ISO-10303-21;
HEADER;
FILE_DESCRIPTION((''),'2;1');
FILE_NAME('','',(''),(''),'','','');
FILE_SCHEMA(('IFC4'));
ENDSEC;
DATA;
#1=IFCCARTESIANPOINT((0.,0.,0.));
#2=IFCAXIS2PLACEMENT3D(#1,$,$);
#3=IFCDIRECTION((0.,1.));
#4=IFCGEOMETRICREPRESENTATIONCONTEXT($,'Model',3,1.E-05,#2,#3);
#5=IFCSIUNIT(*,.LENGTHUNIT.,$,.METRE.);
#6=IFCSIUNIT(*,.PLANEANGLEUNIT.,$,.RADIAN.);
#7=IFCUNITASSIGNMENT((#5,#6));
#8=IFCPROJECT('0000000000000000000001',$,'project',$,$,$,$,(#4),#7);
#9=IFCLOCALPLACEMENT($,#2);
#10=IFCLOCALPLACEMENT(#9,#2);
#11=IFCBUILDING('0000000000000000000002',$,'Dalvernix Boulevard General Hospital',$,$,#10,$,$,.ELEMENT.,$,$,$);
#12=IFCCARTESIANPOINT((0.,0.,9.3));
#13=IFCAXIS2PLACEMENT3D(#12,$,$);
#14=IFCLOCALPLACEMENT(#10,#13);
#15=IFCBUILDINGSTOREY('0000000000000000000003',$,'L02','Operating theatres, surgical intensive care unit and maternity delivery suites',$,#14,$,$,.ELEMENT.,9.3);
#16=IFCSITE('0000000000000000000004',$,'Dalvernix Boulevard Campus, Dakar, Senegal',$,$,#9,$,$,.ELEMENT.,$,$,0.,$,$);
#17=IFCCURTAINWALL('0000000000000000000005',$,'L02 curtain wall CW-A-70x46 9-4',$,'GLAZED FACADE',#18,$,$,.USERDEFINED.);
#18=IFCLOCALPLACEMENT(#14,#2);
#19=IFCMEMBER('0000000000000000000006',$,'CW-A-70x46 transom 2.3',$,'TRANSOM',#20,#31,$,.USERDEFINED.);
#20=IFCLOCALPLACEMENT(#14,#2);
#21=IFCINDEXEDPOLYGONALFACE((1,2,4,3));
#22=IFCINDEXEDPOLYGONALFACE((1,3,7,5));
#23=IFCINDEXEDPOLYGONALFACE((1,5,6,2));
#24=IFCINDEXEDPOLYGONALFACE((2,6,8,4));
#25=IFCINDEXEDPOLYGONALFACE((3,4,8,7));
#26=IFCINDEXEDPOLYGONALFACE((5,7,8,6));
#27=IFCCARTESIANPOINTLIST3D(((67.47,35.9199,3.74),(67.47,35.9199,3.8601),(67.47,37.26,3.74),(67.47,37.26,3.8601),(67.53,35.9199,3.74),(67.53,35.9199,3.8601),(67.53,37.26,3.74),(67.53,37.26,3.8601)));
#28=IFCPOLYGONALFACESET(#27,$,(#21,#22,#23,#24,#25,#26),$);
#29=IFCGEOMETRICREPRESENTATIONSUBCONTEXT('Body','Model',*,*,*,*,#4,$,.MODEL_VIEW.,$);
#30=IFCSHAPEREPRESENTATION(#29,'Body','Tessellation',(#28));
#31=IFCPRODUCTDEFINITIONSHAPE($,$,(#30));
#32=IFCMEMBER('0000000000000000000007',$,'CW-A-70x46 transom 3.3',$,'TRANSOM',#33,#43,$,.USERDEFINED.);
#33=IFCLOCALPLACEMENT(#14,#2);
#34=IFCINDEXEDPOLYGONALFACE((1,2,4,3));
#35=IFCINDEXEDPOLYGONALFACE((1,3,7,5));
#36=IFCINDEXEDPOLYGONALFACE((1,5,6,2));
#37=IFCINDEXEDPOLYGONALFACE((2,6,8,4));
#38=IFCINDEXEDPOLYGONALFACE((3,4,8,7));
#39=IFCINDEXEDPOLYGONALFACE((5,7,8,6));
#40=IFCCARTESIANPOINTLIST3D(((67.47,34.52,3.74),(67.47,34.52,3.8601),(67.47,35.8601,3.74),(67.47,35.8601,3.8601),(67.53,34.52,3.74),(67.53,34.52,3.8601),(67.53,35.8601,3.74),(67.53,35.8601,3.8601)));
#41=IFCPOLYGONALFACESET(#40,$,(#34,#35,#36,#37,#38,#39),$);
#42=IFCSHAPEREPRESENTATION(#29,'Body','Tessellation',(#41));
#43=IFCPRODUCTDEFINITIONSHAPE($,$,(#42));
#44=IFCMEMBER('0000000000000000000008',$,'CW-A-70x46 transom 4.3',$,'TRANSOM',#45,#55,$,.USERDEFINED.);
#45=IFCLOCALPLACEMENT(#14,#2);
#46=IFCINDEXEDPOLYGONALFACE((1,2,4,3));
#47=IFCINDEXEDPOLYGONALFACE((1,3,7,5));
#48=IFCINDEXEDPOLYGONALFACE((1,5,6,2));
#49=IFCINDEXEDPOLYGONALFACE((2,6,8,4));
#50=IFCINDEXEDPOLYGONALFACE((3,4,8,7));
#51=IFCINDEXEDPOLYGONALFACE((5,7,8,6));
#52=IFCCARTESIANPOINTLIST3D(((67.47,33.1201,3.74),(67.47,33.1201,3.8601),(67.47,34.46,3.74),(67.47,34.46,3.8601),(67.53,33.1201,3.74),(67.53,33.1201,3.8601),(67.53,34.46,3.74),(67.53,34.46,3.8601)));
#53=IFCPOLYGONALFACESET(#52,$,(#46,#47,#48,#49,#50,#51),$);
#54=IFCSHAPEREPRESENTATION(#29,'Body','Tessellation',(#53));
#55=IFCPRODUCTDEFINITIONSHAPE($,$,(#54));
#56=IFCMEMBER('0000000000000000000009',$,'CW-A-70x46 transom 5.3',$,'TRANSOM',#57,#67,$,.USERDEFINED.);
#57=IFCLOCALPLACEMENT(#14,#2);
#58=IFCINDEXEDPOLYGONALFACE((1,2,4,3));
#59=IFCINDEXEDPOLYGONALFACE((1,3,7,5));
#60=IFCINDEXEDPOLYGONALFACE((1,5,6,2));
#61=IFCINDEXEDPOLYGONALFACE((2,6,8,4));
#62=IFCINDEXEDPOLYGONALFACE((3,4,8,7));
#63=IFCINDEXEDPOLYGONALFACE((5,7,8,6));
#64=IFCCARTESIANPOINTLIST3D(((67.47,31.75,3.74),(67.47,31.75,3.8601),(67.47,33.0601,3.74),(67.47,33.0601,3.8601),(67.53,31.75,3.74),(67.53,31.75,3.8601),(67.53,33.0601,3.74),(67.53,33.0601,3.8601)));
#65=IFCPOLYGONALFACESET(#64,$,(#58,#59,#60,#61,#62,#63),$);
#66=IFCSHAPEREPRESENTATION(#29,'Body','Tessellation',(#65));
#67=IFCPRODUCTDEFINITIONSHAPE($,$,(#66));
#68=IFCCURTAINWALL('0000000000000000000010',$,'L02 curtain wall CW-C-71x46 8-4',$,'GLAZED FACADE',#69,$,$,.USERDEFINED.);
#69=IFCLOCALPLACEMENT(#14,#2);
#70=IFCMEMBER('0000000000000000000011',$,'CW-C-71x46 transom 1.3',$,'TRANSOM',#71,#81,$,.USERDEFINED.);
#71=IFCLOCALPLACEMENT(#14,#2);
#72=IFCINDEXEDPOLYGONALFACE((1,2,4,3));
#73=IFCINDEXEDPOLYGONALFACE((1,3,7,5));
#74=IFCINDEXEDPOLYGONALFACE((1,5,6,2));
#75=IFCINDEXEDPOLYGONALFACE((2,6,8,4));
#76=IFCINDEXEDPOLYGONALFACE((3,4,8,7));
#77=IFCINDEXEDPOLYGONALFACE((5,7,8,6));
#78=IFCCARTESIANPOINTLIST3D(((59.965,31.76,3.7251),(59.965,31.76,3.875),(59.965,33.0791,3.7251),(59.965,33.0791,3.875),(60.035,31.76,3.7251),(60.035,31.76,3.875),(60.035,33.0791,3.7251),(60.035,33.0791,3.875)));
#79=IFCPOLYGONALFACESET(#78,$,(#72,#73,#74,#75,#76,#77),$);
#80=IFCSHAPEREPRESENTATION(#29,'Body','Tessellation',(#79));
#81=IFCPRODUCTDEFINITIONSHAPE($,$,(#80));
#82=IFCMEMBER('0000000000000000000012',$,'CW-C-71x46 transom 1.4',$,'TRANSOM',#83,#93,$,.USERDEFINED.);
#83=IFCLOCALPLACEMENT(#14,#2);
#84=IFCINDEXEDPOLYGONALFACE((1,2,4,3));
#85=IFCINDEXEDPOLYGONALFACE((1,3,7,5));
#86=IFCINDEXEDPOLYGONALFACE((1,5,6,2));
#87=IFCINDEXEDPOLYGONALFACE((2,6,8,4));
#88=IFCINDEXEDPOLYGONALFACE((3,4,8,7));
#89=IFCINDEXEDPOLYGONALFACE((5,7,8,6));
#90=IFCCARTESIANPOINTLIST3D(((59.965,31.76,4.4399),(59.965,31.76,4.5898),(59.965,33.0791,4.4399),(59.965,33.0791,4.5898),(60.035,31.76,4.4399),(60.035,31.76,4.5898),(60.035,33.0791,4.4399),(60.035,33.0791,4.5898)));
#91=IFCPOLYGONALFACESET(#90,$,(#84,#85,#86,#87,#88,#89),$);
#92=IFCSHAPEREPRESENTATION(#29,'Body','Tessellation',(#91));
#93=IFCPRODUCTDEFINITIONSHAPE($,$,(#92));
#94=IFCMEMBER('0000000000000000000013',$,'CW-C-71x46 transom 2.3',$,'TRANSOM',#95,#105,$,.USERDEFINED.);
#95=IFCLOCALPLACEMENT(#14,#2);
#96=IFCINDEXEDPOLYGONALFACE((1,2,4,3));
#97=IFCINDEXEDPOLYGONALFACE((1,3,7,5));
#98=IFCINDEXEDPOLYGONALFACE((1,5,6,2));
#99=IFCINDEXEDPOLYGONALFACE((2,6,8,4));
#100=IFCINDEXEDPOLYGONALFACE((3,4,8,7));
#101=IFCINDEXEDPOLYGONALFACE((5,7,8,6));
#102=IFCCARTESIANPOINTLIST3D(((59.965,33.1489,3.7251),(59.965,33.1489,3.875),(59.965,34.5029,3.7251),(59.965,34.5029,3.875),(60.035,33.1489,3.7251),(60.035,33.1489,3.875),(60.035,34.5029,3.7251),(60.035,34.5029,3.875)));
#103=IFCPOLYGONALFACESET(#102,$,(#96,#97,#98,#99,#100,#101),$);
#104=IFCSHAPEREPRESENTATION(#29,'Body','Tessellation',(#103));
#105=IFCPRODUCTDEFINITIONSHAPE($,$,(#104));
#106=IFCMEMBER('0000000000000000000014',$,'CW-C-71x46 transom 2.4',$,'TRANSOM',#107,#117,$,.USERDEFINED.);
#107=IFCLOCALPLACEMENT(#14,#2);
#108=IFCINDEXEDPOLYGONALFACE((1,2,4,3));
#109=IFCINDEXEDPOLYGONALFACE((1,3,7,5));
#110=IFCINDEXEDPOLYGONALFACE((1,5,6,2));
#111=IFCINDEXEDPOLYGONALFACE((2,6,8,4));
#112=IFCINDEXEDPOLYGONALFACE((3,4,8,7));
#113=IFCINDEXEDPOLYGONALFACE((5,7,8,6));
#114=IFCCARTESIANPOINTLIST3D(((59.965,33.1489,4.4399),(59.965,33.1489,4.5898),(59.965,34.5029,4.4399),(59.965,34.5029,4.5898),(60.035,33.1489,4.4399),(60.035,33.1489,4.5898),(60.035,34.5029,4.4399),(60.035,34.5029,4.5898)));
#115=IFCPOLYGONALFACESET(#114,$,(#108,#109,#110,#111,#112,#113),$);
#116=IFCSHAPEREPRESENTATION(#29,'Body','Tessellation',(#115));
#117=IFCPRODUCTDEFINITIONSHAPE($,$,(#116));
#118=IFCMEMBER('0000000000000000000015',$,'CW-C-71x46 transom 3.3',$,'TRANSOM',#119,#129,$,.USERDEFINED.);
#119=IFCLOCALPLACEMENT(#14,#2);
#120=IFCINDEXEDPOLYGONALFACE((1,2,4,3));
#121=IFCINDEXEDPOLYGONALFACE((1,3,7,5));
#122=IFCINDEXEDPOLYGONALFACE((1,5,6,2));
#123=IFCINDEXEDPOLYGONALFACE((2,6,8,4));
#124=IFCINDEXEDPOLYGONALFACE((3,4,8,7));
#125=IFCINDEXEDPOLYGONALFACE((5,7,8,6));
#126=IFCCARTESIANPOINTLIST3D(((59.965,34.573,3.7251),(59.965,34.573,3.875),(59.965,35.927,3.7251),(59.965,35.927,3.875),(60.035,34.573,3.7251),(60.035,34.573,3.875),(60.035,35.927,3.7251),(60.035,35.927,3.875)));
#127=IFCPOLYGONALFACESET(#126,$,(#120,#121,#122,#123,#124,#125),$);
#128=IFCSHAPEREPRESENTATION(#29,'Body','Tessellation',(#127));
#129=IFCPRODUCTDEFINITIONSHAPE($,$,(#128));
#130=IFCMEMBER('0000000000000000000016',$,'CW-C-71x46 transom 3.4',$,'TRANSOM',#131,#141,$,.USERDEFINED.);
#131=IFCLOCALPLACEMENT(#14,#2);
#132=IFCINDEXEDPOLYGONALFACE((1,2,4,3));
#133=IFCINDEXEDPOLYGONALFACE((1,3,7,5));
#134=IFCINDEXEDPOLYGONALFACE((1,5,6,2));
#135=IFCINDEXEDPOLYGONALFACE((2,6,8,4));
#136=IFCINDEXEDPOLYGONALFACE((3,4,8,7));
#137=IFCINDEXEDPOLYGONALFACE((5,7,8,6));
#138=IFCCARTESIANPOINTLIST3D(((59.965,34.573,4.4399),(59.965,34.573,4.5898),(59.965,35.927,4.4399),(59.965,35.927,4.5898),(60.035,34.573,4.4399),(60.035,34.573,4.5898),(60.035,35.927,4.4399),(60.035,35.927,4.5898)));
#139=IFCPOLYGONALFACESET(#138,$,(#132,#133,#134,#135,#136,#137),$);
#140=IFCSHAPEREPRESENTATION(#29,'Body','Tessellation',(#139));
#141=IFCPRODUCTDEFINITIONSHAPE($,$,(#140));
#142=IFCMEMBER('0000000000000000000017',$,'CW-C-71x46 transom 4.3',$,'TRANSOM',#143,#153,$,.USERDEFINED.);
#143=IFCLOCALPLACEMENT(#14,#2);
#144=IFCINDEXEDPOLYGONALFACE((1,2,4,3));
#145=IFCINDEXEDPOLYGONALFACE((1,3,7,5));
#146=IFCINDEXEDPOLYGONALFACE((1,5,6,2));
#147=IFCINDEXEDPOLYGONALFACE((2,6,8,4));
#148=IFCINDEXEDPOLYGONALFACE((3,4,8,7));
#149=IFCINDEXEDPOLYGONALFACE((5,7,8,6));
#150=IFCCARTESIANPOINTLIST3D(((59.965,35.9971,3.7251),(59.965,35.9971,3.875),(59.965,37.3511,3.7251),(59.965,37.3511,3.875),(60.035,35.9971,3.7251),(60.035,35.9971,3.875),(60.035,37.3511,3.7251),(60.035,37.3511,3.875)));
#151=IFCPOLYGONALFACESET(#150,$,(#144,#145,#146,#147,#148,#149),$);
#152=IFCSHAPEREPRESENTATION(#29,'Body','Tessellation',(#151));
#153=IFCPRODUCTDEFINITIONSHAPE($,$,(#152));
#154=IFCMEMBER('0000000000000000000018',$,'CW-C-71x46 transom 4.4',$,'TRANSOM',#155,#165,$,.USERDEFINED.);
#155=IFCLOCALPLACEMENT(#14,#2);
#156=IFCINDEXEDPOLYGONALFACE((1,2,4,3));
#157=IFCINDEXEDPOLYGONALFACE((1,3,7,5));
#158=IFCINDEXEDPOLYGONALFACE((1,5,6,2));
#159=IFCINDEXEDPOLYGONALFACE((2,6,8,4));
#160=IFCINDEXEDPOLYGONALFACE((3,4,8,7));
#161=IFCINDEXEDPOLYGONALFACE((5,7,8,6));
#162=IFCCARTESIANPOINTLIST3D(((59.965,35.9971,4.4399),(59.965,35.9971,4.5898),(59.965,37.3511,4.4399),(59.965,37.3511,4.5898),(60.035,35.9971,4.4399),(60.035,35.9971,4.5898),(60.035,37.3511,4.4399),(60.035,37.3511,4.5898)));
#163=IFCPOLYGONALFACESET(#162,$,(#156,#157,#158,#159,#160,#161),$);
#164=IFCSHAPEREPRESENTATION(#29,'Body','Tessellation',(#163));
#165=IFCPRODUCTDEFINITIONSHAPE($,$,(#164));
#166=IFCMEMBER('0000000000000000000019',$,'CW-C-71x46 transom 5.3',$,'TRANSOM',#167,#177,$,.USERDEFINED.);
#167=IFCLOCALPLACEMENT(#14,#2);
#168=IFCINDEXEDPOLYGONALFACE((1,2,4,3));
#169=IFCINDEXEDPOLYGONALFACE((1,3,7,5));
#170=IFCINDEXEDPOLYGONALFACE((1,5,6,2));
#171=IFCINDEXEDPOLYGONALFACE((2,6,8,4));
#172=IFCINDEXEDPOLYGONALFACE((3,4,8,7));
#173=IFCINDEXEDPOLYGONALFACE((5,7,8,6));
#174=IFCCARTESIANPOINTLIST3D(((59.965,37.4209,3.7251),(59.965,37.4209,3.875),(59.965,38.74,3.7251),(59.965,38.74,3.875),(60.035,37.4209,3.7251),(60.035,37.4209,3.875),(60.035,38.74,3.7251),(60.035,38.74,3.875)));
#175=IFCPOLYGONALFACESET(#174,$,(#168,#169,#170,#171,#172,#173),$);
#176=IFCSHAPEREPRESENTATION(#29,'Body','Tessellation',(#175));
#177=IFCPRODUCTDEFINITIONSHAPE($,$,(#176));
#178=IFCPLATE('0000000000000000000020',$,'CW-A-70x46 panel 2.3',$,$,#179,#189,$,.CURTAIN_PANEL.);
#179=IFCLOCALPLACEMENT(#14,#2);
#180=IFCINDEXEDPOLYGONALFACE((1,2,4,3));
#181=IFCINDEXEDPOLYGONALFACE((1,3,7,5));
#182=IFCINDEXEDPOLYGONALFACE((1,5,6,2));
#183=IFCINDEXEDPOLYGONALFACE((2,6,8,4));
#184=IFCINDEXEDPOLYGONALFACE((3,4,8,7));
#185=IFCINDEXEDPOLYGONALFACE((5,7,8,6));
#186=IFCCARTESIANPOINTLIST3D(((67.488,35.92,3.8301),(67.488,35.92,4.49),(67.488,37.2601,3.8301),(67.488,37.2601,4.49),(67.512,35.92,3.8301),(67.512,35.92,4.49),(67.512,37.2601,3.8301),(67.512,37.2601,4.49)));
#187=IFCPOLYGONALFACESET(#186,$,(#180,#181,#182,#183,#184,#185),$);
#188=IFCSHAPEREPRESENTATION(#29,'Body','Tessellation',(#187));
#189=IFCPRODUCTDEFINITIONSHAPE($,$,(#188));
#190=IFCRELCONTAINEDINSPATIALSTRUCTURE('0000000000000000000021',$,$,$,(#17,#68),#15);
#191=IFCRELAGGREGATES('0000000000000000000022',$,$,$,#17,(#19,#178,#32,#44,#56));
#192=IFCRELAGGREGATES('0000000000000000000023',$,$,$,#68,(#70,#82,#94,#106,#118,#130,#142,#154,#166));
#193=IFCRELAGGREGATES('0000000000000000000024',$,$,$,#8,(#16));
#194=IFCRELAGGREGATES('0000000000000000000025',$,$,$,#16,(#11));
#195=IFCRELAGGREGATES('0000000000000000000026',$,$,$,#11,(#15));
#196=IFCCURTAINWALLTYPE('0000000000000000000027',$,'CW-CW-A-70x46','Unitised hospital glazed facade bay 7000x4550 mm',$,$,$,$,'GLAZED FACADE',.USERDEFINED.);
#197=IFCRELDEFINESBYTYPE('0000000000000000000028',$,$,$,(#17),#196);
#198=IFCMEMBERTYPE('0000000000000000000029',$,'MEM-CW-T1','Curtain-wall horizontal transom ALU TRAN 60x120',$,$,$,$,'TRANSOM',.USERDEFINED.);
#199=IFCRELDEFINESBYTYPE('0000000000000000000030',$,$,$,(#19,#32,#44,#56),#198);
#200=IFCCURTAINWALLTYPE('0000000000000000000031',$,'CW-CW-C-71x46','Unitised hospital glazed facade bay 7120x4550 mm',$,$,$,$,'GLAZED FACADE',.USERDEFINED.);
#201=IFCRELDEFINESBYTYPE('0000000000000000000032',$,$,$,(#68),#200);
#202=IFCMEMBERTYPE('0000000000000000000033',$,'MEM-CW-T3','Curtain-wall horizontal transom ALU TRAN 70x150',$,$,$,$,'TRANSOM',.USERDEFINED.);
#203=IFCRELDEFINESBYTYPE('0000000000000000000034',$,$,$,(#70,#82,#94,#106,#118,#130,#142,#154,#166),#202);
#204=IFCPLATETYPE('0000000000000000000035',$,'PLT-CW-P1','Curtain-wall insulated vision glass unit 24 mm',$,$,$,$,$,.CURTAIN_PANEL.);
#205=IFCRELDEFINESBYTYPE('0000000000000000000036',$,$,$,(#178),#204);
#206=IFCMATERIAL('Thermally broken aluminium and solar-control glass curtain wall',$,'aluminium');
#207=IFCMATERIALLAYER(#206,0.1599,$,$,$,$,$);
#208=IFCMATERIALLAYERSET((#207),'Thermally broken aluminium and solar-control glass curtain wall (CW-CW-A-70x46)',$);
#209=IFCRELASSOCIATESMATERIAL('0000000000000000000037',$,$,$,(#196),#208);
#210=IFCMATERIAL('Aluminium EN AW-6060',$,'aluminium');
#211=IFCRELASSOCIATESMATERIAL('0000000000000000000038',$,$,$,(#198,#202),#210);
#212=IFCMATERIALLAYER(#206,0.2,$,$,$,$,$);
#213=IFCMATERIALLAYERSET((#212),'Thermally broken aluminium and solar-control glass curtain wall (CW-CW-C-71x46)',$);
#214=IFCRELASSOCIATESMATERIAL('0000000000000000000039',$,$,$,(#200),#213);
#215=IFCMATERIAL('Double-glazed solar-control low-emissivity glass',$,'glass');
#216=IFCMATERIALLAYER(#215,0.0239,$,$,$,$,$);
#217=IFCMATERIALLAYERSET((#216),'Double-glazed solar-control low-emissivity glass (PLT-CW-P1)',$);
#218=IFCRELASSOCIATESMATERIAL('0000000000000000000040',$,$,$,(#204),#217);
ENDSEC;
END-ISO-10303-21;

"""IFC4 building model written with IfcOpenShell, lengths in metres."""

from ifc_helpers import new_model, si_unit, direction, frame, origin, origin_2d, place, context, subcontext, project, spatial, rectangle, extrude, material, layer, layer_set, material_profile, profile_set, type_object, element, aggregate, save


model = new_model("IFC4")

# Units and contexts
model_context = context("Model", 3, precision=1e-05, world=origin(), true_north=direction((0.0, 1.0)))
body_context = subcontext(model_context, "Body", "Model", "MODEL_VIEW")
ifc_project = project(units=[si_unit("LENGTHUNIT", "METRE"), si_unit("PLANEANGLEUNIT", "RADIAN")], contexts=[model_context])

# Site, building, storey
site_placement = place(None, origin())
site = spatial("IfcSite", under=ifc_project, at=site_placement, Name="Dalvernix Boulevard Campus, Dakar, Senegal", CompositionType="ELEMENT", RefElevation=0.0)
building_placement = place(site_placement, origin())
building = spatial("IfcBuilding", under=site, at=building_placement, Name="Dalvernix Boulevard General Hospital", CompositionType="ELEMENT")
storey_placement = place(building_placement, frame((0.0, 0.0, 9.3)))
storey = spatial("IfcBuildingStorey", under=building, at=storey_placement, Name="L02", Description="Operating theatres, surgical intensive care unit and maternity delivery suites", CompositionType="ELEMENT", Elevation=9.3)

# Curtain walls, members
ifc_material_1 = material(Name="Thermally broken aluminium and solar-control glass curtain wall", Category="aluminium")
ifc_layer_1 = layer(ifc_material_1, 0.1599)
ifc_layer_set_1 = layer_set([ifc_layer_1], Name="Thermally broken aluminium and solar-control glass curtain wall (CW-CW-A-70x46)")
curtain_wall_type_1 = type_object("IfcCurtainWallType", Name="CW-CW-A-70x46", Description="Unitised hospital glazed facade bay 7000x4550 mm", ElementType="GLAZED FACADE", PredefinedType="USERDEFINED", material=ifc_layer_set_1)
curtain_wall_1_placement = place(storey_placement, origin())
curtain_wall_1 = element("IfcCurtainWall", 1, at=curtain_wall_1_placement, inside=storey, type_object=curtain_wall_type_1, Name="L02 curtain wall CW-A-70x46 9-4", ObjectType="GLAZED FACADE", PredefinedType="USERDEFINED")
ifc_material_2 = material(Name="Aluminium EN AW-6060", Category="aluminium")
ifc_material_profile_1 = material_profile(ifc_material_2, rectangle(XDim=0.0601, YDim=0.1201, at=origin_2d()), Name="ALU TRAN 60x120")
ifc_profile_set_1 = profile_set([ifc_material_profile_1], Name="Aluminium EN AW-6060")
member_type_1 = type_object("IfcMemberType", Name="MEM-CW-T1", Description="Curtain-wall horizontal transom ALU TRAN 60x120", ElementType="TRANSOM", PredefinedType="USERDEFINED", material=ifc_profile_set_1)
member_1_placement = place(storey_placement, frame((67.5, 37.26, 3.8), z_axis=(0.0, -1.0, 0.0), x_axis=(1.0, 0.0, 0.0)))
member_1 = element("IfcMember", 2, at=member_1_placement, type_object=member_type_1, Name="CW-A-70x46 transom 2.3", ObjectType="TRANSOM", PredefinedType="USERDEFINED", context=body_context, shape_type="SweptSolid", body=[
    extrude(rectangle(XDim=0.0601, YDim=0.1201, at=origin_2d()), origin(), (0.0, 0.0, 1.0), 1.3401),
])
member_2_placement = place(storey_placement, frame((67.5, 35.8601, 3.8), z_axis=(0.0, -1.0, 0.0), x_axis=(1.0, 0.0, 0.0)))
member_2 = element("IfcMember", 3, at=member_2_placement, type_object=member_type_1, Name="CW-A-70x46 transom 3.3", ObjectType="TRANSOM", PredefinedType="USERDEFINED", context=body_context, shape_type="SweptSolid", body=[
    extrude(rectangle(XDim=0.0601, YDim=0.1201, at=origin_2d()), origin(), (0.0, 0.0, 1.0), 1.3401),
])
member_3_placement = place(storey_placement, frame((67.5, 34.46, 3.8), z_axis=(0.0, -1.0, 0.0), x_axis=(1.0, 0.0, 0.0)))
member_3 = element("IfcMember", 4, at=member_3_placement, type_object=member_type_1, Name="CW-A-70x46 transom 4.3", ObjectType="TRANSOM", PredefinedType="USERDEFINED", context=body_context, shape_type="SweptSolid", body=[
    extrude(rectangle(XDim=0.0601, YDim=0.1201, at=origin_2d()), origin(), (0.0, 0.0, 1.0), 1.3398),
])
member_4_placement = place(storey_placement, frame((67.5, 33.0601, 3.8), z_axis=(0.0, -1.0, 0.0), x_axis=(1.0, 0.0, 0.0)))
member_4 = element("IfcMember", 5, at=member_4_placement, type_object=member_type_1, Name="CW-A-70x46 transom 5.3", ObjectType="TRANSOM", PredefinedType="USERDEFINED", context=body_context, shape_type="SweptSolid", body=[
    extrude(rectangle(XDim=0.0601, YDim=0.1201, at=origin_2d()), origin(), (0.0, 0.0, 1.0), 1.3101),
])
ifc_layer_2 = layer(ifc_material_1, 0.2)
ifc_layer_set_2 = layer_set([ifc_layer_2], Name="Thermally broken aluminium and solar-control glass curtain wall (CW-CW-C-71x46)")
curtain_wall_type_2 = type_object("IfcCurtainWallType", Name="CW-CW-C-71x46", Description="Unitised hospital glazed facade bay 7120x4550 mm", ElementType="GLAZED FACADE", PredefinedType="USERDEFINED", material=ifc_layer_set_2)
curtain_wall_2_placement = place(storey_placement, origin())
curtain_wall_2 = element("IfcCurtainWall", 6, at=curtain_wall_2_placement, inside=storey, type_object=curtain_wall_type_2, Name="L02 curtain wall CW-C-71x46 8-4", ObjectType="GLAZED FACADE", PredefinedType="USERDEFINED")
ifc_material_profile_2 = material_profile(ifc_material_2, rectangle(XDim=0.0701, YDim=0.1499, at=origin_2d()), Name="ALU TRAN 70x150")
ifc_profile_set_2 = profile_set([ifc_material_profile_2], Name="Aluminium EN AW-6060")
member_type_2 = type_object("IfcMemberType", Name="MEM-CW-T3", Description="Curtain-wall horizontal transom ALU TRAN 70x150", ElementType="TRANSOM", PredefinedType="USERDEFINED", material=ifc_profile_set_2)
member_5_placement = place(storey_placement, frame((60.0, 31.76, 3.8), z_axis=(0.0, 1.0, 0.0), x_axis=(-1.0, 0.0, 0.0)))
member_5 = element("IfcMember", 7, at=member_5_placement, type_object=member_type_2, Name="CW-C-71x46 transom 1.3", ObjectType="TRANSOM", PredefinedType="USERDEFINED", context=body_context, shape_type="SweptSolid", body=[
    extrude(rectangle(XDim=0.0701, YDim=0.1499, at=origin_2d()), origin(), (0.0, 0.0, 1.0), 1.3191),
])
member_6_placement = place(storey_placement, frame((60.0, 31.76, 4.5149), z_axis=(0.0, 1.0, 0.0), x_axis=(-1.0, 0.0, 0.0)))
member_6 = element("IfcMember", 8, at=member_6_placement, type_object=member_type_2, Name="CW-C-71x46 transom 1.4", ObjectType="TRANSOM", PredefinedType="USERDEFINED", context=body_context, shape_type="SweptSolid", body=[
    extrude(rectangle(XDim=0.0701, YDim=0.1499, at=origin_2d()), origin(), (0.0, 0.0, 1.0), 1.3191),
])
member_7_placement = place(storey_placement, frame((60.0, 33.1489, 3.8), z_axis=(0.0, 1.0, 0.0), x_axis=(-1.0, 0.0, 0.0)))
member_7 = element("IfcMember", 9, at=member_7_placement, type_object=member_type_2, Name="CW-C-71x46 transom 2.3", ObjectType="TRANSOM", PredefinedType="USERDEFINED", context=body_context, shape_type="SweptSolid", body=[
    extrude(rectangle(XDim=0.0701, YDim=0.1499, at=origin_2d()), origin(), (0.0, 0.0, 1.0), 1.354),
])
member_8_placement = place(storey_placement, frame((60.0, 33.1489, 4.5149), z_axis=(0.0, 1.0, 0.0), x_axis=(-1.0, 0.0, 0.0)))
member_8 = element("IfcMember", 10, at=member_8_placement, type_object=member_type_2, Name="CW-C-71x46 transom 2.4", ObjectType="TRANSOM", PredefinedType="USERDEFINED", context=body_context, shape_type="SweptSolid", body=[
    extrude(rectangle(XDim=0.0701, YDim=0.1499, at=origin_2d()), origin(), (0.0, 0.0, 1.0), 1.354),
])
member_9_placement = place(storey_placement, frame((60.0, 34.573, 3.8), z_axis=(0.0, 1.0, 0.0), x_axis=(-1.0, 0.0, 0.0)))
member_9 = element("IfcMember", 11, at=member_9_placement, type_object=member_type_2, Name="CW-C-71x46 transom 3.3", ObjectType="TRANSOM", PredefinedType="USERDEFINED", context=body_context, shape_type="SweptSolid", body=[
    extrude(rectangle(XDim=0.0701, YDim=0.1499, at=origin_2d()), origin(), (0.0, 0.0, 1.0), 1.354),
])
member_10_placement = place(storey_placement, frame((60.0, 34.573, 4.5149), z_axis=(0.0, 1.0, 0.0), x_axis=(-1.0, 0.0, 0.0)))
member_10 = element("IfcMember", 12, at=member_10_placement, type_object=member_type_2, Name="CW-C-71x46 transom 3.4", ObjectType="TRANSOM", PredefinedType="USERDEFINED", context=body_context, shape_type="SweptSolid", body=[
    extrude(rectangle(XDim=0.0701, YDim=0.1499, at=origin_2d()), origin(), (0.0, 0.0, 1.0), 1.354),
])
member_11_placement = place(storey_placement, frame((60.0, 35.9971, 3.8), z_axis=(0.0, 1.0, 0.0), x_axis=(-1.0, 0.0, 0.0)))
member_11 = element("IfcMember", 13, at=member_11_placement, type_object=member_type_2, Name="CW-C-71x46 transom 4.3", ObjectType="TRANSOM", PredefinedType="USERDEFINED", context=body_context, shape_type="SweptSolid", body=[
    extrude(rectangle(XDim=0.0701, YDim=0.1499, at=origin_2d()), origin(), (0.0, 0.0, 1.0), 1.354),
])
member_12_placement = place(storey_placement, frame((60.0, 35.9971, 4.5149), z_axis=(0.0, 1.0, 0.0), x_axis=(-1.0, 0.0, 0.0)))
member_12 = element("IfcMember", 14, at=member_12_placement, type_object=member_type_2, Name="CW-C-71x46 transom 4.4", ObjectType="TRANSOM", PredefinedType="USERDEFINED", context=body_context, shape_type="SweptSolid", body=[
    extrude(rectangle(XDim=0.0701, YDim=0.1499, at=origin_2d()), origin(), (0.0, 0.0, 1.0), 1.354),
])
member_13_placement = place(storey_placement, frame((60.0, 37.4209, 3.8), z_axis=(0.0, 1.0, 0.0), x_axis=(-1.0, 0.0, 0.0)))
member_13 = element("IfcMember", 15, at=member_13_placement, type_object=member_type_2, Name="CW-C-71x46 transom 5.3", ObjectType="TRANSOM", PredefinedType="USERDEFINED", context=body_context, shape_type="SweptSolid", body=[
    extrude(rectangle(XDim=0.0701, YDim=0.1499, at=origin_2d()), origin(), (0.0, 0.0, 1.0), 1.3191),
])

# Plate
ifc_material_3 = material(Name="Double-glazed solar-control low-emissivity glass", Category="glass")
ifc_layer_3 = layer(ifc_material_3, 0.0239)
ifc_layer_set_3 = layer_set([ifc_layer_3], Name="Double-glazed solar-control low-emissivity glass (PLT-CW-P1)")
plate_type_1 = type_object("IfcPlateType", Name="PLT-CW-P1", Description="Curtain-wall insulated vision glass unit 24 mm", PredefinedType="CURTAIN_PANEL", material=ifc_layer_set_3)
plate_1_placement = place(storey_placement, frame((67.5, 36.5901, 3.8301), z_axis=(0.0, 0.0, 1.0), x_axis=(0.0, -1.0, 0.0)))
plate_1 = element("IfcPlate", 16, at=plate_1_placement, type_object=plate_type_1, Name="CW-A-70x46 panel 2.3", PredefinedType="CURTAIN_PANEL", context=body_context, shape_type="SweptSolid", body=[
    extrude(rectangle(XDim=1.3401, YDim=0.0239, at=origin_2d()), origin(), (0.0, 0.0, 1.0), 0.6599),
])
aggregate(curtain_wall_1, [member_1, plate_1, member_2, member_3, member_4])
aggregate(curtain_wall_2, [member_5, member_6, member_7, member_8, member_9, member_10, member_11, member_12, member_13])

save(model, "model.ifc")
